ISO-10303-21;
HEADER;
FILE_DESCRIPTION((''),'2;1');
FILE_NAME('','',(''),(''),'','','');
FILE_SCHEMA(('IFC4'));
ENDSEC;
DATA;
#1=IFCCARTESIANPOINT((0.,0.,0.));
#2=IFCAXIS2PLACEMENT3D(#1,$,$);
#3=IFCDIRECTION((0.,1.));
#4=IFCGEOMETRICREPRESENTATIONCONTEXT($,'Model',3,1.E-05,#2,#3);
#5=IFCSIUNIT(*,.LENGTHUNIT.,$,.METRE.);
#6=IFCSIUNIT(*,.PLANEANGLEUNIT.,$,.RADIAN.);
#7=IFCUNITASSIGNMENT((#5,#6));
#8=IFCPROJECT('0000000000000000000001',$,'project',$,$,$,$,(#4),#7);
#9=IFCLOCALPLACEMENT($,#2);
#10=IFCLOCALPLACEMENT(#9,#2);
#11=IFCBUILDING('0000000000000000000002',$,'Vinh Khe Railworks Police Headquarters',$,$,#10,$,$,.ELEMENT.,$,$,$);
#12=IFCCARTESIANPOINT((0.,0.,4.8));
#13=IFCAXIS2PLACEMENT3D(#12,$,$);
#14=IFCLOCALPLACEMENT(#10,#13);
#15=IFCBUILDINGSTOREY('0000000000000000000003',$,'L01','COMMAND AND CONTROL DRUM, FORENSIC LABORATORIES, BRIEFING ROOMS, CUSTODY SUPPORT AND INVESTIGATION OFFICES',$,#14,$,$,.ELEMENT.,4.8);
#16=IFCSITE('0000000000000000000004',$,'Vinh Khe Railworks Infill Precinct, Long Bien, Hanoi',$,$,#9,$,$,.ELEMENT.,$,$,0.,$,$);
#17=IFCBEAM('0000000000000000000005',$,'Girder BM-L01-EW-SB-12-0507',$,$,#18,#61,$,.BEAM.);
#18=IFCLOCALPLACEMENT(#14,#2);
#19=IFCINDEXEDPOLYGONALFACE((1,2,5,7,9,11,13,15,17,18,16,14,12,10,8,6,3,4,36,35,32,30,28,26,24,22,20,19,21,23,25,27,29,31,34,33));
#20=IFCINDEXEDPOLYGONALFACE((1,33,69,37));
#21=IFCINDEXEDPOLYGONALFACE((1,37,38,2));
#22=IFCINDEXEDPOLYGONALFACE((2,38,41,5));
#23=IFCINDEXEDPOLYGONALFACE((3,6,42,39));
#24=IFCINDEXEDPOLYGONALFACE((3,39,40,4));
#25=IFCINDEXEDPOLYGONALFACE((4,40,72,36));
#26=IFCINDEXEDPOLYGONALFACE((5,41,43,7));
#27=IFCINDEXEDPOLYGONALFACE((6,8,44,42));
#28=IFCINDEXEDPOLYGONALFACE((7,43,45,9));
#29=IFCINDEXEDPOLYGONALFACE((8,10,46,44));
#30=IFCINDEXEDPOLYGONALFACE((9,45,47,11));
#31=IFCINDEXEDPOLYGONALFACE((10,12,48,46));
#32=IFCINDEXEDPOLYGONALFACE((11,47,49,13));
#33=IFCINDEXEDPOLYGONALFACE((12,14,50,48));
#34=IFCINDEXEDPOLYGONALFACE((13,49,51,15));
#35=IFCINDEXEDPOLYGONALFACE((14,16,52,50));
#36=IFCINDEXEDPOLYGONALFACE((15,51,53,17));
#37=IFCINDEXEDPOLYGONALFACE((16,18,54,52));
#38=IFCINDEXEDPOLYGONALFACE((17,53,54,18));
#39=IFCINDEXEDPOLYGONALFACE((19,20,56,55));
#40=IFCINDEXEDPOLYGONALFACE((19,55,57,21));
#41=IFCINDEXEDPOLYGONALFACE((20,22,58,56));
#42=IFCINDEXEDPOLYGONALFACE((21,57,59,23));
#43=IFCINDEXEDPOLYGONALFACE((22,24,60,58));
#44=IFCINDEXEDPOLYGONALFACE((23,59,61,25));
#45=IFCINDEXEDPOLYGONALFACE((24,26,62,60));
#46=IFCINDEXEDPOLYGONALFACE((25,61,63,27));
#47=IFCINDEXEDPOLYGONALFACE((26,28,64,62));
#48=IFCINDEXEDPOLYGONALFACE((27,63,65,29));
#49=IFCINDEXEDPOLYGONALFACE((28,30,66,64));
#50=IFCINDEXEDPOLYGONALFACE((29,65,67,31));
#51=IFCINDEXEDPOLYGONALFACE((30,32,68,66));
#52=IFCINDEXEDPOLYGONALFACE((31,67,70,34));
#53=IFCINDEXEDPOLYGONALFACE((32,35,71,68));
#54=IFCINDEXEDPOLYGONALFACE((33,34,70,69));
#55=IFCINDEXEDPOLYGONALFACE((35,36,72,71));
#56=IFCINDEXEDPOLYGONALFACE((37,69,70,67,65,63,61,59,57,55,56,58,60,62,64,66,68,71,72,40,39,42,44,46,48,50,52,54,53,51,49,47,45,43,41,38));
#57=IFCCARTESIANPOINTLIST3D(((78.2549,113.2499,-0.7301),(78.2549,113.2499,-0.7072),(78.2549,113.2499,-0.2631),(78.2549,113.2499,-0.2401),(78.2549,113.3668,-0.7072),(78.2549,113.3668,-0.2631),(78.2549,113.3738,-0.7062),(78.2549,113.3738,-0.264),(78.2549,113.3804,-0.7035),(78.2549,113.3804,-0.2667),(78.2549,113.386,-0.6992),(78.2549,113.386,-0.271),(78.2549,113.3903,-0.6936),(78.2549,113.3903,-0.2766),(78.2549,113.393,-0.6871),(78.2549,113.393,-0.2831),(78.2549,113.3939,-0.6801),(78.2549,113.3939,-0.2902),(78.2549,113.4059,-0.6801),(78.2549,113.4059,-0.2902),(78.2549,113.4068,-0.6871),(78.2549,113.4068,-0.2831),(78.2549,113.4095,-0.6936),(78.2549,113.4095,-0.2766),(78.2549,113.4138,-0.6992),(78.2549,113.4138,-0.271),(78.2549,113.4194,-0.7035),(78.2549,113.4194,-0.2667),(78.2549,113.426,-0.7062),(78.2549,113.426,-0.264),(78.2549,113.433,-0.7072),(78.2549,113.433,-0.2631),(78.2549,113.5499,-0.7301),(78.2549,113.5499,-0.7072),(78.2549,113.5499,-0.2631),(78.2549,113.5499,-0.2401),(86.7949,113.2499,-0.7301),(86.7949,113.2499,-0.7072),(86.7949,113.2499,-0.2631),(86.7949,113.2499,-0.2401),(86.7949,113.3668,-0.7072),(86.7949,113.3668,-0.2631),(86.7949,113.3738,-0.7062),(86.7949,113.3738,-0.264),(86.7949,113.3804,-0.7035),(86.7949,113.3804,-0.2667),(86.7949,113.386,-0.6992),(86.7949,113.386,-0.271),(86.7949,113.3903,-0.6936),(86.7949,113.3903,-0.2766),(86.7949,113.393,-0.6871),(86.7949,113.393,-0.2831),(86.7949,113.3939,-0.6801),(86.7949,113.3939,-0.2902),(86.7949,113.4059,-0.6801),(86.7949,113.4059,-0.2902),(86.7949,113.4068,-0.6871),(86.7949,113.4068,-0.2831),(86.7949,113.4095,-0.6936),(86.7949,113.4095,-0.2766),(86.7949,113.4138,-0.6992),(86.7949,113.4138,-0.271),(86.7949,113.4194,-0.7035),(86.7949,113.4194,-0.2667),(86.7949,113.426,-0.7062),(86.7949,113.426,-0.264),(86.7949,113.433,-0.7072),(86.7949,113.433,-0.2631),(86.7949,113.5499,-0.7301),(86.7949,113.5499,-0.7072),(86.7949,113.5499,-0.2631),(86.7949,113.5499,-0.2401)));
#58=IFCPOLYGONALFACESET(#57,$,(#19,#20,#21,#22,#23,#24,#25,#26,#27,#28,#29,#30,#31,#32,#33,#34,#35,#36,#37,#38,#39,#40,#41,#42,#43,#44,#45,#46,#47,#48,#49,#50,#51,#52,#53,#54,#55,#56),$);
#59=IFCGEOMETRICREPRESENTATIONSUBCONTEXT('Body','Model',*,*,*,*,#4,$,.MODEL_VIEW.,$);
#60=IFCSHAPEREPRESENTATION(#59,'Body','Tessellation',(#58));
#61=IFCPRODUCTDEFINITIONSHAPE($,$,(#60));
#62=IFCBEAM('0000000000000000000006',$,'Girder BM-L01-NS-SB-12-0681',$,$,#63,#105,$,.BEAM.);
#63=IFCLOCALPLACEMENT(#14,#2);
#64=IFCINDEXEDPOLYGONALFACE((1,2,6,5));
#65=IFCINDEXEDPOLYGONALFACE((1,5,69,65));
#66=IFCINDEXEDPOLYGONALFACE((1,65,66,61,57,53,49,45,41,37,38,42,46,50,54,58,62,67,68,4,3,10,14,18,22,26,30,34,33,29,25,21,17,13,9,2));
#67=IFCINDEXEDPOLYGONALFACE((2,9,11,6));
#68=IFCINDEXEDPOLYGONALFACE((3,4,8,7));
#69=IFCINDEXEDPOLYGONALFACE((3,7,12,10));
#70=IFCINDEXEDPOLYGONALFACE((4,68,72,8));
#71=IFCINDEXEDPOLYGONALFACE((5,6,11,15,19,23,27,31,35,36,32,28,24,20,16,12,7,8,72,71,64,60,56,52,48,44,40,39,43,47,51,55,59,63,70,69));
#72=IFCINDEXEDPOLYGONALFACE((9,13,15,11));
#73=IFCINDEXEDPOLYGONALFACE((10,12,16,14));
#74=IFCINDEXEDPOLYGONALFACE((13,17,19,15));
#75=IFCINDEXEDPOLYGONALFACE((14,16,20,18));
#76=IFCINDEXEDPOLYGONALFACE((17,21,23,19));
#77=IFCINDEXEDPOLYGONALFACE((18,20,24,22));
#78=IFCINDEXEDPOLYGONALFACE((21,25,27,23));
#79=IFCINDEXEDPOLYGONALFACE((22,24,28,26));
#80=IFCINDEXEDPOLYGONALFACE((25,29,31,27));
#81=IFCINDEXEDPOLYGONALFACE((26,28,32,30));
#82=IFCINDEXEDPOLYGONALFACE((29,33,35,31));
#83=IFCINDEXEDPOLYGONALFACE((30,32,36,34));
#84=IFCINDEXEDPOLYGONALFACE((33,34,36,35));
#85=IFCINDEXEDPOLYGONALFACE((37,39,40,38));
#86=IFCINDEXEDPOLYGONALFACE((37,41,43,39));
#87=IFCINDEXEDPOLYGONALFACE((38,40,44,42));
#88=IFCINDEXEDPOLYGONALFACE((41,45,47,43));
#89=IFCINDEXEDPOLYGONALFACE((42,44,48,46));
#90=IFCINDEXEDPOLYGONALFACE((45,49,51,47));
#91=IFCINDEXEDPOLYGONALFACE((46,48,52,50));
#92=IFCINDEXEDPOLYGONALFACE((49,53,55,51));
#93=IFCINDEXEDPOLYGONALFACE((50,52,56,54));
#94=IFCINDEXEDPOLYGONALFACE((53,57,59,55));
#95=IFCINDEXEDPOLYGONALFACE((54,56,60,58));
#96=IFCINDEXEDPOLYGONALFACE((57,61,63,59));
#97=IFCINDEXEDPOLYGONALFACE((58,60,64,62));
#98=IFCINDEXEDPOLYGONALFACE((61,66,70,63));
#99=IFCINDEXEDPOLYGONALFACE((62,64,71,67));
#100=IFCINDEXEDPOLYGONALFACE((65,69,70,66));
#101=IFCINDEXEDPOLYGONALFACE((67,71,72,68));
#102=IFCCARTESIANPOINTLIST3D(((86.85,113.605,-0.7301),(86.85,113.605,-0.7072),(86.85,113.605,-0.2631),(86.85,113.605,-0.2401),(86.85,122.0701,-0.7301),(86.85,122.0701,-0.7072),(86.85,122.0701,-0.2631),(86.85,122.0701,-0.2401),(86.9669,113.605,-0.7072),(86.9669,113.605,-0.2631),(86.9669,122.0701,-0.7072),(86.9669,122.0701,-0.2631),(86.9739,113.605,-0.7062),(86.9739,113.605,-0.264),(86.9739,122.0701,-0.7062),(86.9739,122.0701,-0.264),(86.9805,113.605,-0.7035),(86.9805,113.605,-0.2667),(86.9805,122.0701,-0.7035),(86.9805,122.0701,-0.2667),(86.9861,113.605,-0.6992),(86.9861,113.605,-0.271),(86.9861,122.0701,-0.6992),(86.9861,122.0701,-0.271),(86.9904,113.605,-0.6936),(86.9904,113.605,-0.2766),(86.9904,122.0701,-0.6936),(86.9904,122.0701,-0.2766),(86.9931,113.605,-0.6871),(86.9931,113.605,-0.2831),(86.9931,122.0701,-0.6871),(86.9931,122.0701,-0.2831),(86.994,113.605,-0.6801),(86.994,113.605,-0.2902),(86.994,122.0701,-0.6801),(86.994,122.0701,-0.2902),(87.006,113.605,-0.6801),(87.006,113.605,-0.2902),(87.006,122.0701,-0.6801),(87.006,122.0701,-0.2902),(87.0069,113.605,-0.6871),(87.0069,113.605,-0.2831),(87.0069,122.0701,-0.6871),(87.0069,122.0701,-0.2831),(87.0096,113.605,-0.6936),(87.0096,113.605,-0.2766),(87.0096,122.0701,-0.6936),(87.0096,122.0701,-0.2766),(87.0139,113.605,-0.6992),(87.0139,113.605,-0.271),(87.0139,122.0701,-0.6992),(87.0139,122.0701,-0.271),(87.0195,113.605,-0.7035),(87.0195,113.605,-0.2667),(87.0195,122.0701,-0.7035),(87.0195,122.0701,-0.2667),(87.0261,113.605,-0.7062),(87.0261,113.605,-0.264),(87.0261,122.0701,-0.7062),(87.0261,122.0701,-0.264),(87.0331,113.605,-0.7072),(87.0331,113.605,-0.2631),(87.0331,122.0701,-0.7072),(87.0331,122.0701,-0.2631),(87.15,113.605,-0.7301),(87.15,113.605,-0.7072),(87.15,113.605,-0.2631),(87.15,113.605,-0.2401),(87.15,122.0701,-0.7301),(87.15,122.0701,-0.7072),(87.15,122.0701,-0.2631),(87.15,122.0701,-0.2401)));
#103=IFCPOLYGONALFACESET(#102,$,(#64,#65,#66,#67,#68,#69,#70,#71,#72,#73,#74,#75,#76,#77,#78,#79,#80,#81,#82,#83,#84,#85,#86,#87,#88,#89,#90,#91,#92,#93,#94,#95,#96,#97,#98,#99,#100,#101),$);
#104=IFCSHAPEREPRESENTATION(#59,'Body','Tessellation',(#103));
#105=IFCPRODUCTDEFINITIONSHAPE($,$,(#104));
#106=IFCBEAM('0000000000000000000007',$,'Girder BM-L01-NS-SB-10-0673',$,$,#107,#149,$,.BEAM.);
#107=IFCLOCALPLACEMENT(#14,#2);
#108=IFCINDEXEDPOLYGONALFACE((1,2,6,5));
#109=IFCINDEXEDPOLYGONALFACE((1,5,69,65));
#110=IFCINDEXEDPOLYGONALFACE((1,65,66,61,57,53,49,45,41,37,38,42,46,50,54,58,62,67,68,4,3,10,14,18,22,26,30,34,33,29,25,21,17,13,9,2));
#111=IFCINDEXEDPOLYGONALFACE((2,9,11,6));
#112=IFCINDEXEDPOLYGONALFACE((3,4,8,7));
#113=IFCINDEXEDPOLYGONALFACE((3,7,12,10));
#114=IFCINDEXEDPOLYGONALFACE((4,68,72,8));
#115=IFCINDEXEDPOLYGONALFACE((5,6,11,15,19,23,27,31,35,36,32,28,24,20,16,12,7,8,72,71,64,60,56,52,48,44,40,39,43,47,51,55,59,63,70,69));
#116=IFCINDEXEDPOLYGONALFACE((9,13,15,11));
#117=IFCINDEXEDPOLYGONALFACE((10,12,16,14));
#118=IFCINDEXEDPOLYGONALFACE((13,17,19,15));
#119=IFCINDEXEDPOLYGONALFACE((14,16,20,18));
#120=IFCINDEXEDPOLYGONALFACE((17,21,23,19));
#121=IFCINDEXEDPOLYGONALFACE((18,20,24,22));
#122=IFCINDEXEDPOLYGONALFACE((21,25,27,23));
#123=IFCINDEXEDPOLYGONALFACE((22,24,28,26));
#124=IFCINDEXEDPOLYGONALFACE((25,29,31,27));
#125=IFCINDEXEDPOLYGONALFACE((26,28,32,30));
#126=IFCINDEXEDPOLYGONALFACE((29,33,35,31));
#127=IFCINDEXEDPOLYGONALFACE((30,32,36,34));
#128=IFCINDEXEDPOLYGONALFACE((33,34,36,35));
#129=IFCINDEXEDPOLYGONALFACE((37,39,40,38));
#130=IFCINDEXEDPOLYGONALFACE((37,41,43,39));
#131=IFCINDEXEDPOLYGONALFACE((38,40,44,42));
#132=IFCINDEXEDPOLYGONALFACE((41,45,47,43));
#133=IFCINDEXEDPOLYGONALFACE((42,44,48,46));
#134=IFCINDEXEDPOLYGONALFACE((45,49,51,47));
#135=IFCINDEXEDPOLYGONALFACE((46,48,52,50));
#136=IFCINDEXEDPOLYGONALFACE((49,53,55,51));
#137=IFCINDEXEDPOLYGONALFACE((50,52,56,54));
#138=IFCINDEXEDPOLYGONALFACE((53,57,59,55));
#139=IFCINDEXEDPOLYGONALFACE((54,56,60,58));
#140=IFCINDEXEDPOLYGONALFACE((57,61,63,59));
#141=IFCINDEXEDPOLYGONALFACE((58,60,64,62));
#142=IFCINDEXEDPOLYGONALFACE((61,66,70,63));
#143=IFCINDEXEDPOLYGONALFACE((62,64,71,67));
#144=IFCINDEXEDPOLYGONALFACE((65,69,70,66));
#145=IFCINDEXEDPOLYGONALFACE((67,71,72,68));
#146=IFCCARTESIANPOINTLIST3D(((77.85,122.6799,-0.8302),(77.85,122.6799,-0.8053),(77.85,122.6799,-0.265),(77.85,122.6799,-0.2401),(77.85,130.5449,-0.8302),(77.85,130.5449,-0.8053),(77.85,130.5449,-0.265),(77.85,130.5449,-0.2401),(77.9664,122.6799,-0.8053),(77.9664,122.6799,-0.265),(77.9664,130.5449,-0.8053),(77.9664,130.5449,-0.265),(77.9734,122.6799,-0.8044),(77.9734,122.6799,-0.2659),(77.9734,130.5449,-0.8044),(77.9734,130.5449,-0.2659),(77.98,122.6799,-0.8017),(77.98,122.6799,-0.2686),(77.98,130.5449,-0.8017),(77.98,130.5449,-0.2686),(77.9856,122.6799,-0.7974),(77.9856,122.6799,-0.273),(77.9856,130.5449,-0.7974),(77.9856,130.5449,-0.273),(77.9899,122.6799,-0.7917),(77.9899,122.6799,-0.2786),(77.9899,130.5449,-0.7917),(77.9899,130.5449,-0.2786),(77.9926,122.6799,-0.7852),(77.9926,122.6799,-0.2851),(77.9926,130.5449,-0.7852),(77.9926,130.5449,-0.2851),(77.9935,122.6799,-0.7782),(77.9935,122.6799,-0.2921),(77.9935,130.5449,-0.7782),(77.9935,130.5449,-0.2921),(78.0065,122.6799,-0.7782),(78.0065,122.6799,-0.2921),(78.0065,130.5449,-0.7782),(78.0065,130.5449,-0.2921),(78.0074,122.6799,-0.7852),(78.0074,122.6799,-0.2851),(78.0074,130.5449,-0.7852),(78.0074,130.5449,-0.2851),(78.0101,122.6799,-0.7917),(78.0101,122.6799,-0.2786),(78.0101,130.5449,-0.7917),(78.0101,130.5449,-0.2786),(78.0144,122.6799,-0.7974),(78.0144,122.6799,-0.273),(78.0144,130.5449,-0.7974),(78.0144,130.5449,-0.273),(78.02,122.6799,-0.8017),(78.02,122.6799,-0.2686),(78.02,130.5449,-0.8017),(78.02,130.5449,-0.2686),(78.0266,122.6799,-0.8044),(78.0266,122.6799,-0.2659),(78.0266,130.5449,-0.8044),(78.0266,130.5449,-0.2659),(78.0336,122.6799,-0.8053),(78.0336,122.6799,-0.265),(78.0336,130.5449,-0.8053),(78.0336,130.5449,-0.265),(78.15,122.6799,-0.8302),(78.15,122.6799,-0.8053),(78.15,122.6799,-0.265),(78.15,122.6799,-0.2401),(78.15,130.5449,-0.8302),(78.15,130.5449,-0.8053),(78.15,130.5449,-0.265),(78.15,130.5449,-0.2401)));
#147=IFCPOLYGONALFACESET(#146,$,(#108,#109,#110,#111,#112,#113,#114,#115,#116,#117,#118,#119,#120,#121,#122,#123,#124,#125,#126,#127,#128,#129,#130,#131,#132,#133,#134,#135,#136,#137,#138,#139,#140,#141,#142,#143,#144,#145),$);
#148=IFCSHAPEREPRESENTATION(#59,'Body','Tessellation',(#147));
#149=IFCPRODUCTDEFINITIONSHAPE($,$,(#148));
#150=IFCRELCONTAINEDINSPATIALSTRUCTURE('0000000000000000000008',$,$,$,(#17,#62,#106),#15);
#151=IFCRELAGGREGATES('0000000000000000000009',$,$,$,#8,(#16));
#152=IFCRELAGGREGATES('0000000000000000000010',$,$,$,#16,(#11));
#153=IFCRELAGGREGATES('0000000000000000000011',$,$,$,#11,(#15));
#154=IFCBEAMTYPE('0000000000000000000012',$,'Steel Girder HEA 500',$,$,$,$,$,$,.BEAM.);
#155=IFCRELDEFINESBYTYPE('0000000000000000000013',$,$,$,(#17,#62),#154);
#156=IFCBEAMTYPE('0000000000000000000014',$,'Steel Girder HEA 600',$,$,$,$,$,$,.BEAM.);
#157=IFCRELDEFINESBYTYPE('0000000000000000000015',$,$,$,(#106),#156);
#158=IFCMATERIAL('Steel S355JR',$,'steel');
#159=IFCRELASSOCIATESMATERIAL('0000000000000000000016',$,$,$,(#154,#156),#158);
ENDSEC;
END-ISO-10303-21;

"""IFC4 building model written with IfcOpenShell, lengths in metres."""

from ifc_helpers import new_model, si_unit, direction, frame, origin, origin_2d, place, context, subcontext, project, spatial, i_section, extrude, material, material_profile, profile_set, type_object, element, save


model = new_model("IFC4")

# Units and contexts
model_context = context("Model", 3, precision=1e-05, world=origin(), true_north=direction((0.0, 1.0)))
body_context = subcontext(model_context, "Body", "Model", "MODEL_VIEW")
ifc_project = project(units=[si_unit("LENGTHUNIT", "METRE"), si_unit("PLANEANGLEUNIT", "RADIAN")], contexts=[model_context])

# Site, building, storey
site_placement = place(None, origin())
site = spatial("IfcSite", under=ifc_project, at=site_placement, Name="Vinh Khe Railworks Infill Precinct, Long Bien, Hanoi", CompositionType="ELEMENT", RefElevation=0.0)
building_placement = place(site_placement, origin())
building = spatial("IfcBuilding", under=site, at=building_placement, Name="Vinh Khe Railworks Police Headquarters", CompositionType="ELEMENT")
storey_placement = place(building_placement, frame((0.0, 0.0, 4.8)))
storey = spatial("IfcBuildingStorey", under=building, at=storey_placement, Name="L01", Description="COMMAND AND CONTROL DRUM, FORENSIC LABORATORIES, BRIEFING ROOMS, CUSTODY SUPPORT AND INVESTIGATION OFFICES", CompositionType="ELEMENT", Elevation=4.8)

# Shared definitions
ifc_material_1 = material(Name="Steel S355JR", Category="steel")

# Beams
ifc_material_profile_1 = material_profile(ifc_material_1, i_section(OverallWidth=0.3, OverallDepth=0.49, WebThickness=0.012, FlangeThickness=0.0229, FilletRadius=0.0271, at=origin_2d()), Name="HEA 500")
ifc_profile_set_1 = profile_set([ifc_material_profile_1], Name="Steel S355JR")
beam_type_1 = type_object("IfcBeamType", Name="Steel Girder HEA 500", PredefinedType="BEAM", material=ifc_profile_set_1)
beam_1_placement = place(storey_placement, frame((78.2549, 113.3999, -0.4851), z_axis=(1.0, 0.0, 0.0), x_axis=(0.0, 1.0, 0.0)))
element("IfcBeam", 1, at=beam_1_placement, inside=storey, type_object=beam_type_1, Name="Girder BM-L01-EW-SB-12-0507", PredefinedType="BEAM", context=body_context, shape_type="SweptSolid", body=[
    extrude(i_section(OverallWidth=0.3, OverallDepth=0.49, WebThickness=0.012, FlangeThickness=0.0229, FilletRadius=0.0271, at=origin_2d()), origin(), (0.0, 0.0, 1.0), 8.54),
])
beam_2_placement = place(storey_placement, frame((87.0, 113.605, -0.4851), z_axis=(0.0, 1.0, 0.0), x_axis=(-1.0, 0.0, 0.0)))
element("IfcBeam", 2, at=beam_2_placement, inside=storey, type_object=beam_type_1, Name="Girder BM-L01-NS-SB-12-0681", PredefinedType="BEAM", context=body_context, shape_type="SweptSolid", body=[
    extrude(i_section(OverallWidth=0.3, OverallDepth=0.49, WebThickness=0.012, FlangeThickness=0.0229, FilletRadius=0.0271, at=origin_2d()), origin(), (0.0, 0.0, 1.0), 8.4651),
])
ifc_material_profile_2 = material_profile(ifc_material_1, i_section(OverallWidth=0.3, OverallDepth=0.5901, WebThickness=0.0129, FlangeThickness=0.0249, FilletRadius=0.0271, at=origin_2d()), Name="HEA 600")
ifc_profile_set_2 = profile_set([ifc_material_profile_2], Name="Steel S355JR")
beam_type_2 = type_object("IfcBeamType", Name="Steel Girder HEA 600", PredefinedType="BEAM", material=ifc_profile_set_2)
beam_3_placement = place(storey_placement, frame((78.0, 122.6799, -0.5352), z_axis=(0.0, 1.0, 0.0), x_axis=(-1.0, 0.0, 0.0)))
element("IfcBeam", 3, at=beam_3_placement, inside=storey, type_object=beam_type_2, Name="Girder BM-L01-NS-SB-10-0673", PredefinedType="BEAM", context=body_context, shape_type="SweptSolid", body=[
    extrude(i_section(OverallWidth=0.3, OverallDepth=0.5901, WebThickness=0.0129, FlangeThickness=0.0249, FilletRadius=0.0271, at=origin_2d()), origin(), (0.0, 0.0, 1.0), 7.865),
])

save(model, "model.ifc")
